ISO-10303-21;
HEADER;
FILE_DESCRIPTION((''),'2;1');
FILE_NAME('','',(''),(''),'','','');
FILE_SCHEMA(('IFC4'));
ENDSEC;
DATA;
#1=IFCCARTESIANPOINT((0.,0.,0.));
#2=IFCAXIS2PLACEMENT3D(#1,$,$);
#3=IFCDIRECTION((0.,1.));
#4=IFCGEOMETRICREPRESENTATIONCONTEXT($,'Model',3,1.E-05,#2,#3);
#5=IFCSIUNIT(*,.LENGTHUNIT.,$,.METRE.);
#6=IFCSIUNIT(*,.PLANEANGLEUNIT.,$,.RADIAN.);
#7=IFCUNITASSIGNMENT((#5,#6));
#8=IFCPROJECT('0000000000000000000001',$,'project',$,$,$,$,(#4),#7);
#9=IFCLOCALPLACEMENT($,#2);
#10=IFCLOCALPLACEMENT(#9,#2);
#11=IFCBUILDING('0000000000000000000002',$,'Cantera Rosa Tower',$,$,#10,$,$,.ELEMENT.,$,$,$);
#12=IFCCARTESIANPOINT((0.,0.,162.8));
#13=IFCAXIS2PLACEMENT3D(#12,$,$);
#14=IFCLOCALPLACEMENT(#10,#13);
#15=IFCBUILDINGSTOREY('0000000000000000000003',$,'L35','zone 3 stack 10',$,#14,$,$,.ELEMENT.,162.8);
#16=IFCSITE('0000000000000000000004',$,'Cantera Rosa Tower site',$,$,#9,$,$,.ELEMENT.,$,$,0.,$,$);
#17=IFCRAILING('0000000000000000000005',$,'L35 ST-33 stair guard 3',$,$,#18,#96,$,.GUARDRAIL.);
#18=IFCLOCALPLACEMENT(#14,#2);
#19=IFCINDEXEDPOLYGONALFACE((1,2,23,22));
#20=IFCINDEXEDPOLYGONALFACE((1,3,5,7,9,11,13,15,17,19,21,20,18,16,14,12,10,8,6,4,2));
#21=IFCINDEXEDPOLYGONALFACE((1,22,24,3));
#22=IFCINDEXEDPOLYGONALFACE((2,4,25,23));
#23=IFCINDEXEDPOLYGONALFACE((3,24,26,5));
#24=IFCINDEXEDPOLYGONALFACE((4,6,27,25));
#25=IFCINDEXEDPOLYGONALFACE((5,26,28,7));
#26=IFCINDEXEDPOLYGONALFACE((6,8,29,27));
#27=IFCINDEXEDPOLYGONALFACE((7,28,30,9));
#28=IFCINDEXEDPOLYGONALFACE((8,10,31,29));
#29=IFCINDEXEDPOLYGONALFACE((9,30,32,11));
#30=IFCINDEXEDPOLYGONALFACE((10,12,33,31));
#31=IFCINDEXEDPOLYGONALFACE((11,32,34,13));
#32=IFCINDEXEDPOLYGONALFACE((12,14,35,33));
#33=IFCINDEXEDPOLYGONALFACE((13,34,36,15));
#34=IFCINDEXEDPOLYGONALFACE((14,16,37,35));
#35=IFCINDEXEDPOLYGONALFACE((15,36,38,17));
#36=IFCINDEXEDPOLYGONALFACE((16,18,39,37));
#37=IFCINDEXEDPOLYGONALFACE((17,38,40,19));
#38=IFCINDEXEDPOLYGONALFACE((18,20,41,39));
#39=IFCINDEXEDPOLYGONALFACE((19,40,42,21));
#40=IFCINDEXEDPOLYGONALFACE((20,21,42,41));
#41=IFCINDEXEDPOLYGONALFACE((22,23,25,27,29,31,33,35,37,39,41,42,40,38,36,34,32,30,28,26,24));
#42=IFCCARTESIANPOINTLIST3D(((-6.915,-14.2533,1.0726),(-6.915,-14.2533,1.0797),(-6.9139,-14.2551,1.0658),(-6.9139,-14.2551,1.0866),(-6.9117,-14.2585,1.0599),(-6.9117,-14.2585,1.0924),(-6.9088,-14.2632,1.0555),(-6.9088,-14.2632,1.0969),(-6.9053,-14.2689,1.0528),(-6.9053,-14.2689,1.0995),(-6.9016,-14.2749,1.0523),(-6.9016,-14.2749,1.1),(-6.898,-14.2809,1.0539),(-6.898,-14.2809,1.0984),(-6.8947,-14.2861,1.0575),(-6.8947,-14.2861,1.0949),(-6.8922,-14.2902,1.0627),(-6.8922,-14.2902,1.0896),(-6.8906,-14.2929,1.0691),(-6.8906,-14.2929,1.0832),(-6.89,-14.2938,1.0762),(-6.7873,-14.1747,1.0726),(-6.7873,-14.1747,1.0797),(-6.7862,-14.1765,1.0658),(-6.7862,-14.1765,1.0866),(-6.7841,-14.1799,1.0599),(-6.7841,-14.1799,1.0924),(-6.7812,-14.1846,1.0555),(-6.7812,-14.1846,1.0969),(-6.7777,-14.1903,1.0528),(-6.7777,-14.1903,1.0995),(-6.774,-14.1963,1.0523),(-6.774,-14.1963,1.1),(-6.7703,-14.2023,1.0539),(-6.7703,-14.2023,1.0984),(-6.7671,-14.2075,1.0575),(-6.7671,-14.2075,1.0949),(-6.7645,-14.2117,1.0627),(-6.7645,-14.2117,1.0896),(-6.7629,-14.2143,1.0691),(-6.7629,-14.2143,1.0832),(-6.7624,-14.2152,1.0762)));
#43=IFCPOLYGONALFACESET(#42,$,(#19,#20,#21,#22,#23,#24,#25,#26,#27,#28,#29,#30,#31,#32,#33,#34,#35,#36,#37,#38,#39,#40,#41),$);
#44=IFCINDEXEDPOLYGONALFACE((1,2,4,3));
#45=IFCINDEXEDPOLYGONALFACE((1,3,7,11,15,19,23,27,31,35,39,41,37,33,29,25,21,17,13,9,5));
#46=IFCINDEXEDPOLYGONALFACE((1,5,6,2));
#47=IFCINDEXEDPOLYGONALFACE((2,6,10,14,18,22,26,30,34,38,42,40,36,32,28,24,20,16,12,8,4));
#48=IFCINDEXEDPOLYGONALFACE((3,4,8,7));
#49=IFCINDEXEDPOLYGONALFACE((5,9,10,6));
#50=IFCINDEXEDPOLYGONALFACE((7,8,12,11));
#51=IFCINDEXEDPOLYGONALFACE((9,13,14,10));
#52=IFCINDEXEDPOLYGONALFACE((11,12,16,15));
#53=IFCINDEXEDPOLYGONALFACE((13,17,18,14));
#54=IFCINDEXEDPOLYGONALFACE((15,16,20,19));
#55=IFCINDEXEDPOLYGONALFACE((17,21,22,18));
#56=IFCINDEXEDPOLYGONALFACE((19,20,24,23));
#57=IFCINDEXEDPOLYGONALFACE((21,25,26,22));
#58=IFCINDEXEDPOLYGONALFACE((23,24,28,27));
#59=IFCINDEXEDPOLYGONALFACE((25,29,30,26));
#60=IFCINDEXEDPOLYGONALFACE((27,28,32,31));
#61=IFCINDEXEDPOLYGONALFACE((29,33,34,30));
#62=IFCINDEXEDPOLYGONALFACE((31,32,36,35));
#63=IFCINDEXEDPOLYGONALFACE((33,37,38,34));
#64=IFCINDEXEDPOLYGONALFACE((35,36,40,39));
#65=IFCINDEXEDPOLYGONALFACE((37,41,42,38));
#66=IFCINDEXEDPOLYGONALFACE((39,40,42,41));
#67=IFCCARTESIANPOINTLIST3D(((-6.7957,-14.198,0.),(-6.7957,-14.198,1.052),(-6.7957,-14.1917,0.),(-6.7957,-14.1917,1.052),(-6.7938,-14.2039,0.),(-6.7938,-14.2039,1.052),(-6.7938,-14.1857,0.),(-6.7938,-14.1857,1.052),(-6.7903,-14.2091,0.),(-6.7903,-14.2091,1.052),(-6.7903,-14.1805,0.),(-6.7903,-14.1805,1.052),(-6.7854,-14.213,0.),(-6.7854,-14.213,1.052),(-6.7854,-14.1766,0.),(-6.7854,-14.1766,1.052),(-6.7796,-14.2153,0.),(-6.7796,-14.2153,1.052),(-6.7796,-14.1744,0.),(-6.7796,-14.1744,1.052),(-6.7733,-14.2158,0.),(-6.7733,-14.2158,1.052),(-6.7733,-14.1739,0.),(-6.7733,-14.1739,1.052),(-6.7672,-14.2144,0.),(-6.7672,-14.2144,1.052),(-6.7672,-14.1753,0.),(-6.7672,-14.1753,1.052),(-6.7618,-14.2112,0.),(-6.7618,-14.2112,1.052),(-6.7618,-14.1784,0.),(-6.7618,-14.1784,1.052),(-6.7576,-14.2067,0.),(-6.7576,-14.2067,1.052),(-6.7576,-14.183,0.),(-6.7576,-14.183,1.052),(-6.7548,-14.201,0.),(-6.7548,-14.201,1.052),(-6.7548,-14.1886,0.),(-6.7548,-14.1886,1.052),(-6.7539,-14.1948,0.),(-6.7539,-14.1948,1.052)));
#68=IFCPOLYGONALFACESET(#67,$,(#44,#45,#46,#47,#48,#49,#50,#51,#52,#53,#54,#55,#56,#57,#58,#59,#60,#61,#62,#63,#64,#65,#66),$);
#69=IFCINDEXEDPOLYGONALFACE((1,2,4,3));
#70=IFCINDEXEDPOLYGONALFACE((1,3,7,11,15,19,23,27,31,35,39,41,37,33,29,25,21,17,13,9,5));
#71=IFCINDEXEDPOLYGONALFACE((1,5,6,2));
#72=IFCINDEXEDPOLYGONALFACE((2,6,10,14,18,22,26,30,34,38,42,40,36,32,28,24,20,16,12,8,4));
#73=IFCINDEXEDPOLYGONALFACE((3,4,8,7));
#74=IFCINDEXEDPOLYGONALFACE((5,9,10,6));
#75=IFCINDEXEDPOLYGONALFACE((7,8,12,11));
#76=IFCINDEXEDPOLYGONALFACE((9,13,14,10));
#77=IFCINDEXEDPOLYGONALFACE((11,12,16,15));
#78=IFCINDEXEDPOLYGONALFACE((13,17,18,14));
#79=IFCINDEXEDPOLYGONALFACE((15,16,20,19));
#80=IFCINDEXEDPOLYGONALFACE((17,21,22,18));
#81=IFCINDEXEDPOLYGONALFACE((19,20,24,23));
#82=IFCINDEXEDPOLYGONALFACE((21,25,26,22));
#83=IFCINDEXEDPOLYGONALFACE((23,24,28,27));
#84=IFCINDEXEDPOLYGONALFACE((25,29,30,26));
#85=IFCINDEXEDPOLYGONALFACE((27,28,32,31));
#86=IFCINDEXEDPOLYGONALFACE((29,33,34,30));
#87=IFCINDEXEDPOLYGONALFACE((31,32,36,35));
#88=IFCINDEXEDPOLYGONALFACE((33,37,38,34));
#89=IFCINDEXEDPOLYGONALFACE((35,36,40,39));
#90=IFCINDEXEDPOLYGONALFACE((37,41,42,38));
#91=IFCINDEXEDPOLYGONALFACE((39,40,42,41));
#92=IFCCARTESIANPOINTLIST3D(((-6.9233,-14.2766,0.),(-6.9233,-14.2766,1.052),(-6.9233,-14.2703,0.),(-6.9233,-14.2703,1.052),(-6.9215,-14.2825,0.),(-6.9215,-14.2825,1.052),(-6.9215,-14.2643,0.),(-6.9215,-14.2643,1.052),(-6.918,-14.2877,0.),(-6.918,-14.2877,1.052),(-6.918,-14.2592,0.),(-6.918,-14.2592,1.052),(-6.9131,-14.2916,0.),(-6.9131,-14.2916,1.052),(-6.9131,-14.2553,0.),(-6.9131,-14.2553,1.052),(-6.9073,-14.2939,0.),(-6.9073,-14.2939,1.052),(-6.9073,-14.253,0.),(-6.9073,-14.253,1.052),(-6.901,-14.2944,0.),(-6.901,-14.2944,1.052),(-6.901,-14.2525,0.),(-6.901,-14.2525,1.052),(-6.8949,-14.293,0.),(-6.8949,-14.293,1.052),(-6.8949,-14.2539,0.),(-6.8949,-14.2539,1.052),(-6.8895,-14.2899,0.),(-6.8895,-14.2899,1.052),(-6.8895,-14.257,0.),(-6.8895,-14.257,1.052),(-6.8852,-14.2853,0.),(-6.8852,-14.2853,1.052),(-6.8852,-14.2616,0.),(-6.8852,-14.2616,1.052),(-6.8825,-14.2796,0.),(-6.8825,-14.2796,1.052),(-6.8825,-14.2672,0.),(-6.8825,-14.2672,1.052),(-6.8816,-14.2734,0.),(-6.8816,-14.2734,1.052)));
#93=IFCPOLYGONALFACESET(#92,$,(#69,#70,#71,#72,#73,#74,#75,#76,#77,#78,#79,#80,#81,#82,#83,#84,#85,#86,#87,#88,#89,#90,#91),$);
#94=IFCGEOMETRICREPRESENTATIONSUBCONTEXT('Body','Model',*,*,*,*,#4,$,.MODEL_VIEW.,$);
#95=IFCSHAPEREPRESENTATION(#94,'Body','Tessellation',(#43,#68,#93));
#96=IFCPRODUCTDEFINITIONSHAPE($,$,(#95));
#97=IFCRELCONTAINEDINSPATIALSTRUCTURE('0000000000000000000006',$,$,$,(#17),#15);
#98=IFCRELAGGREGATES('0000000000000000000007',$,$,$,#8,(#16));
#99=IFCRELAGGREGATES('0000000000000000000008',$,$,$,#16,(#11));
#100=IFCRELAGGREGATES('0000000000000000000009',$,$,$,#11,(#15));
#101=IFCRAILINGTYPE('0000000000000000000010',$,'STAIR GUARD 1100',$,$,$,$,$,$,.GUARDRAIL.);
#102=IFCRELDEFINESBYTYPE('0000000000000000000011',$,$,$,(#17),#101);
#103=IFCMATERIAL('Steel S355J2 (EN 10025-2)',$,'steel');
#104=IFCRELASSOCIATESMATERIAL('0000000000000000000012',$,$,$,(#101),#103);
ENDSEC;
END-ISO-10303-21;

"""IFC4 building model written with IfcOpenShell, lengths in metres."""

from ifc_helpers import new_model, si_unit, direction, frame, origin, origin_2d, place, context, subcontext, project, spatial, circle, extrude, material, type_object, element, save


model = new_model("IFC4")

# Units and contexts
model_context = context("Model", 3, precision=1e-05, world=origin(), true_north=direction((0.0, 1.0)))
body_context = subcontext(model_context, "Body", "Model", "MODEL_VIEW")
ifc_project = project(units=[si_unit("LENGTHUNIT", "METRE"), si_unit("PLANEANGLEUNIT", "RADIAN")], contexts=[model_context])

# Site, building, storey
site_placement = place(None, origin())
site = spatial("IfcSite", under=ifc_project, at=site_placement, Name="Cantera Rosa Tower site", CompositionType="ELEMENT", RefElevation=0.0)
building_placement = place(site_placement, origin())
building = spatial("IfcBuilding", under=site, at=building_placement, Name="Cantera Rosa Tower", CompositionType="ELEMENT")
storey_placement = place(building_placement, frame((0.0, 0.0, 162.8)))
storey = spatial("IfcBuildingStorey", under=building, at=storey_placement, Name="L35", Description="zone 3 stack 10", CompositionType="ELEMENT", Elevation=162.8)

# Railing
ifc_material_1 = material(Name="Steel S355J2 (EN 10025-2)", Category="steel")
railing_type_1 = type_object("IfcRailingType", Name="STAIR GUARD 1100", PredefinedType="GUARDRAIL", material=ifc_material_1)
railing_1_placement = place(storey_placement, frame((-6.7749, -14.1948, 0.0)))
element("IfcRailing", 1, at=railing_1_placement, inside=storey, type_object=railing_type_1, Name="L35 ST-33 stair guard 3", PredefinedType="GUARDRAIL", context=body_context, shape_type="SweptSolid", body=[
    extrude(circle(Radius=0.0239, at=origin_2d()), frame((0.0, 0.0, 1.0762), z_axis=(-0.851546, -0.524279, 0.0), x_axis=(0.524279, -0.851546, 0.0)), (0.0, 0.0, 1.0), 0.1499),
    extrude(circle(Radius=0.021, at=origin_2d()), origin(), (0.0, 0.0, 1.0), 1.052),
    extrude(circle(Radius=0.021, at=origin_2d()), frame((-0.1277, -0.0786, 0.0)), (0.0, 0.0, 1.0), 1.052),
])

save(model, "model.ifc")
